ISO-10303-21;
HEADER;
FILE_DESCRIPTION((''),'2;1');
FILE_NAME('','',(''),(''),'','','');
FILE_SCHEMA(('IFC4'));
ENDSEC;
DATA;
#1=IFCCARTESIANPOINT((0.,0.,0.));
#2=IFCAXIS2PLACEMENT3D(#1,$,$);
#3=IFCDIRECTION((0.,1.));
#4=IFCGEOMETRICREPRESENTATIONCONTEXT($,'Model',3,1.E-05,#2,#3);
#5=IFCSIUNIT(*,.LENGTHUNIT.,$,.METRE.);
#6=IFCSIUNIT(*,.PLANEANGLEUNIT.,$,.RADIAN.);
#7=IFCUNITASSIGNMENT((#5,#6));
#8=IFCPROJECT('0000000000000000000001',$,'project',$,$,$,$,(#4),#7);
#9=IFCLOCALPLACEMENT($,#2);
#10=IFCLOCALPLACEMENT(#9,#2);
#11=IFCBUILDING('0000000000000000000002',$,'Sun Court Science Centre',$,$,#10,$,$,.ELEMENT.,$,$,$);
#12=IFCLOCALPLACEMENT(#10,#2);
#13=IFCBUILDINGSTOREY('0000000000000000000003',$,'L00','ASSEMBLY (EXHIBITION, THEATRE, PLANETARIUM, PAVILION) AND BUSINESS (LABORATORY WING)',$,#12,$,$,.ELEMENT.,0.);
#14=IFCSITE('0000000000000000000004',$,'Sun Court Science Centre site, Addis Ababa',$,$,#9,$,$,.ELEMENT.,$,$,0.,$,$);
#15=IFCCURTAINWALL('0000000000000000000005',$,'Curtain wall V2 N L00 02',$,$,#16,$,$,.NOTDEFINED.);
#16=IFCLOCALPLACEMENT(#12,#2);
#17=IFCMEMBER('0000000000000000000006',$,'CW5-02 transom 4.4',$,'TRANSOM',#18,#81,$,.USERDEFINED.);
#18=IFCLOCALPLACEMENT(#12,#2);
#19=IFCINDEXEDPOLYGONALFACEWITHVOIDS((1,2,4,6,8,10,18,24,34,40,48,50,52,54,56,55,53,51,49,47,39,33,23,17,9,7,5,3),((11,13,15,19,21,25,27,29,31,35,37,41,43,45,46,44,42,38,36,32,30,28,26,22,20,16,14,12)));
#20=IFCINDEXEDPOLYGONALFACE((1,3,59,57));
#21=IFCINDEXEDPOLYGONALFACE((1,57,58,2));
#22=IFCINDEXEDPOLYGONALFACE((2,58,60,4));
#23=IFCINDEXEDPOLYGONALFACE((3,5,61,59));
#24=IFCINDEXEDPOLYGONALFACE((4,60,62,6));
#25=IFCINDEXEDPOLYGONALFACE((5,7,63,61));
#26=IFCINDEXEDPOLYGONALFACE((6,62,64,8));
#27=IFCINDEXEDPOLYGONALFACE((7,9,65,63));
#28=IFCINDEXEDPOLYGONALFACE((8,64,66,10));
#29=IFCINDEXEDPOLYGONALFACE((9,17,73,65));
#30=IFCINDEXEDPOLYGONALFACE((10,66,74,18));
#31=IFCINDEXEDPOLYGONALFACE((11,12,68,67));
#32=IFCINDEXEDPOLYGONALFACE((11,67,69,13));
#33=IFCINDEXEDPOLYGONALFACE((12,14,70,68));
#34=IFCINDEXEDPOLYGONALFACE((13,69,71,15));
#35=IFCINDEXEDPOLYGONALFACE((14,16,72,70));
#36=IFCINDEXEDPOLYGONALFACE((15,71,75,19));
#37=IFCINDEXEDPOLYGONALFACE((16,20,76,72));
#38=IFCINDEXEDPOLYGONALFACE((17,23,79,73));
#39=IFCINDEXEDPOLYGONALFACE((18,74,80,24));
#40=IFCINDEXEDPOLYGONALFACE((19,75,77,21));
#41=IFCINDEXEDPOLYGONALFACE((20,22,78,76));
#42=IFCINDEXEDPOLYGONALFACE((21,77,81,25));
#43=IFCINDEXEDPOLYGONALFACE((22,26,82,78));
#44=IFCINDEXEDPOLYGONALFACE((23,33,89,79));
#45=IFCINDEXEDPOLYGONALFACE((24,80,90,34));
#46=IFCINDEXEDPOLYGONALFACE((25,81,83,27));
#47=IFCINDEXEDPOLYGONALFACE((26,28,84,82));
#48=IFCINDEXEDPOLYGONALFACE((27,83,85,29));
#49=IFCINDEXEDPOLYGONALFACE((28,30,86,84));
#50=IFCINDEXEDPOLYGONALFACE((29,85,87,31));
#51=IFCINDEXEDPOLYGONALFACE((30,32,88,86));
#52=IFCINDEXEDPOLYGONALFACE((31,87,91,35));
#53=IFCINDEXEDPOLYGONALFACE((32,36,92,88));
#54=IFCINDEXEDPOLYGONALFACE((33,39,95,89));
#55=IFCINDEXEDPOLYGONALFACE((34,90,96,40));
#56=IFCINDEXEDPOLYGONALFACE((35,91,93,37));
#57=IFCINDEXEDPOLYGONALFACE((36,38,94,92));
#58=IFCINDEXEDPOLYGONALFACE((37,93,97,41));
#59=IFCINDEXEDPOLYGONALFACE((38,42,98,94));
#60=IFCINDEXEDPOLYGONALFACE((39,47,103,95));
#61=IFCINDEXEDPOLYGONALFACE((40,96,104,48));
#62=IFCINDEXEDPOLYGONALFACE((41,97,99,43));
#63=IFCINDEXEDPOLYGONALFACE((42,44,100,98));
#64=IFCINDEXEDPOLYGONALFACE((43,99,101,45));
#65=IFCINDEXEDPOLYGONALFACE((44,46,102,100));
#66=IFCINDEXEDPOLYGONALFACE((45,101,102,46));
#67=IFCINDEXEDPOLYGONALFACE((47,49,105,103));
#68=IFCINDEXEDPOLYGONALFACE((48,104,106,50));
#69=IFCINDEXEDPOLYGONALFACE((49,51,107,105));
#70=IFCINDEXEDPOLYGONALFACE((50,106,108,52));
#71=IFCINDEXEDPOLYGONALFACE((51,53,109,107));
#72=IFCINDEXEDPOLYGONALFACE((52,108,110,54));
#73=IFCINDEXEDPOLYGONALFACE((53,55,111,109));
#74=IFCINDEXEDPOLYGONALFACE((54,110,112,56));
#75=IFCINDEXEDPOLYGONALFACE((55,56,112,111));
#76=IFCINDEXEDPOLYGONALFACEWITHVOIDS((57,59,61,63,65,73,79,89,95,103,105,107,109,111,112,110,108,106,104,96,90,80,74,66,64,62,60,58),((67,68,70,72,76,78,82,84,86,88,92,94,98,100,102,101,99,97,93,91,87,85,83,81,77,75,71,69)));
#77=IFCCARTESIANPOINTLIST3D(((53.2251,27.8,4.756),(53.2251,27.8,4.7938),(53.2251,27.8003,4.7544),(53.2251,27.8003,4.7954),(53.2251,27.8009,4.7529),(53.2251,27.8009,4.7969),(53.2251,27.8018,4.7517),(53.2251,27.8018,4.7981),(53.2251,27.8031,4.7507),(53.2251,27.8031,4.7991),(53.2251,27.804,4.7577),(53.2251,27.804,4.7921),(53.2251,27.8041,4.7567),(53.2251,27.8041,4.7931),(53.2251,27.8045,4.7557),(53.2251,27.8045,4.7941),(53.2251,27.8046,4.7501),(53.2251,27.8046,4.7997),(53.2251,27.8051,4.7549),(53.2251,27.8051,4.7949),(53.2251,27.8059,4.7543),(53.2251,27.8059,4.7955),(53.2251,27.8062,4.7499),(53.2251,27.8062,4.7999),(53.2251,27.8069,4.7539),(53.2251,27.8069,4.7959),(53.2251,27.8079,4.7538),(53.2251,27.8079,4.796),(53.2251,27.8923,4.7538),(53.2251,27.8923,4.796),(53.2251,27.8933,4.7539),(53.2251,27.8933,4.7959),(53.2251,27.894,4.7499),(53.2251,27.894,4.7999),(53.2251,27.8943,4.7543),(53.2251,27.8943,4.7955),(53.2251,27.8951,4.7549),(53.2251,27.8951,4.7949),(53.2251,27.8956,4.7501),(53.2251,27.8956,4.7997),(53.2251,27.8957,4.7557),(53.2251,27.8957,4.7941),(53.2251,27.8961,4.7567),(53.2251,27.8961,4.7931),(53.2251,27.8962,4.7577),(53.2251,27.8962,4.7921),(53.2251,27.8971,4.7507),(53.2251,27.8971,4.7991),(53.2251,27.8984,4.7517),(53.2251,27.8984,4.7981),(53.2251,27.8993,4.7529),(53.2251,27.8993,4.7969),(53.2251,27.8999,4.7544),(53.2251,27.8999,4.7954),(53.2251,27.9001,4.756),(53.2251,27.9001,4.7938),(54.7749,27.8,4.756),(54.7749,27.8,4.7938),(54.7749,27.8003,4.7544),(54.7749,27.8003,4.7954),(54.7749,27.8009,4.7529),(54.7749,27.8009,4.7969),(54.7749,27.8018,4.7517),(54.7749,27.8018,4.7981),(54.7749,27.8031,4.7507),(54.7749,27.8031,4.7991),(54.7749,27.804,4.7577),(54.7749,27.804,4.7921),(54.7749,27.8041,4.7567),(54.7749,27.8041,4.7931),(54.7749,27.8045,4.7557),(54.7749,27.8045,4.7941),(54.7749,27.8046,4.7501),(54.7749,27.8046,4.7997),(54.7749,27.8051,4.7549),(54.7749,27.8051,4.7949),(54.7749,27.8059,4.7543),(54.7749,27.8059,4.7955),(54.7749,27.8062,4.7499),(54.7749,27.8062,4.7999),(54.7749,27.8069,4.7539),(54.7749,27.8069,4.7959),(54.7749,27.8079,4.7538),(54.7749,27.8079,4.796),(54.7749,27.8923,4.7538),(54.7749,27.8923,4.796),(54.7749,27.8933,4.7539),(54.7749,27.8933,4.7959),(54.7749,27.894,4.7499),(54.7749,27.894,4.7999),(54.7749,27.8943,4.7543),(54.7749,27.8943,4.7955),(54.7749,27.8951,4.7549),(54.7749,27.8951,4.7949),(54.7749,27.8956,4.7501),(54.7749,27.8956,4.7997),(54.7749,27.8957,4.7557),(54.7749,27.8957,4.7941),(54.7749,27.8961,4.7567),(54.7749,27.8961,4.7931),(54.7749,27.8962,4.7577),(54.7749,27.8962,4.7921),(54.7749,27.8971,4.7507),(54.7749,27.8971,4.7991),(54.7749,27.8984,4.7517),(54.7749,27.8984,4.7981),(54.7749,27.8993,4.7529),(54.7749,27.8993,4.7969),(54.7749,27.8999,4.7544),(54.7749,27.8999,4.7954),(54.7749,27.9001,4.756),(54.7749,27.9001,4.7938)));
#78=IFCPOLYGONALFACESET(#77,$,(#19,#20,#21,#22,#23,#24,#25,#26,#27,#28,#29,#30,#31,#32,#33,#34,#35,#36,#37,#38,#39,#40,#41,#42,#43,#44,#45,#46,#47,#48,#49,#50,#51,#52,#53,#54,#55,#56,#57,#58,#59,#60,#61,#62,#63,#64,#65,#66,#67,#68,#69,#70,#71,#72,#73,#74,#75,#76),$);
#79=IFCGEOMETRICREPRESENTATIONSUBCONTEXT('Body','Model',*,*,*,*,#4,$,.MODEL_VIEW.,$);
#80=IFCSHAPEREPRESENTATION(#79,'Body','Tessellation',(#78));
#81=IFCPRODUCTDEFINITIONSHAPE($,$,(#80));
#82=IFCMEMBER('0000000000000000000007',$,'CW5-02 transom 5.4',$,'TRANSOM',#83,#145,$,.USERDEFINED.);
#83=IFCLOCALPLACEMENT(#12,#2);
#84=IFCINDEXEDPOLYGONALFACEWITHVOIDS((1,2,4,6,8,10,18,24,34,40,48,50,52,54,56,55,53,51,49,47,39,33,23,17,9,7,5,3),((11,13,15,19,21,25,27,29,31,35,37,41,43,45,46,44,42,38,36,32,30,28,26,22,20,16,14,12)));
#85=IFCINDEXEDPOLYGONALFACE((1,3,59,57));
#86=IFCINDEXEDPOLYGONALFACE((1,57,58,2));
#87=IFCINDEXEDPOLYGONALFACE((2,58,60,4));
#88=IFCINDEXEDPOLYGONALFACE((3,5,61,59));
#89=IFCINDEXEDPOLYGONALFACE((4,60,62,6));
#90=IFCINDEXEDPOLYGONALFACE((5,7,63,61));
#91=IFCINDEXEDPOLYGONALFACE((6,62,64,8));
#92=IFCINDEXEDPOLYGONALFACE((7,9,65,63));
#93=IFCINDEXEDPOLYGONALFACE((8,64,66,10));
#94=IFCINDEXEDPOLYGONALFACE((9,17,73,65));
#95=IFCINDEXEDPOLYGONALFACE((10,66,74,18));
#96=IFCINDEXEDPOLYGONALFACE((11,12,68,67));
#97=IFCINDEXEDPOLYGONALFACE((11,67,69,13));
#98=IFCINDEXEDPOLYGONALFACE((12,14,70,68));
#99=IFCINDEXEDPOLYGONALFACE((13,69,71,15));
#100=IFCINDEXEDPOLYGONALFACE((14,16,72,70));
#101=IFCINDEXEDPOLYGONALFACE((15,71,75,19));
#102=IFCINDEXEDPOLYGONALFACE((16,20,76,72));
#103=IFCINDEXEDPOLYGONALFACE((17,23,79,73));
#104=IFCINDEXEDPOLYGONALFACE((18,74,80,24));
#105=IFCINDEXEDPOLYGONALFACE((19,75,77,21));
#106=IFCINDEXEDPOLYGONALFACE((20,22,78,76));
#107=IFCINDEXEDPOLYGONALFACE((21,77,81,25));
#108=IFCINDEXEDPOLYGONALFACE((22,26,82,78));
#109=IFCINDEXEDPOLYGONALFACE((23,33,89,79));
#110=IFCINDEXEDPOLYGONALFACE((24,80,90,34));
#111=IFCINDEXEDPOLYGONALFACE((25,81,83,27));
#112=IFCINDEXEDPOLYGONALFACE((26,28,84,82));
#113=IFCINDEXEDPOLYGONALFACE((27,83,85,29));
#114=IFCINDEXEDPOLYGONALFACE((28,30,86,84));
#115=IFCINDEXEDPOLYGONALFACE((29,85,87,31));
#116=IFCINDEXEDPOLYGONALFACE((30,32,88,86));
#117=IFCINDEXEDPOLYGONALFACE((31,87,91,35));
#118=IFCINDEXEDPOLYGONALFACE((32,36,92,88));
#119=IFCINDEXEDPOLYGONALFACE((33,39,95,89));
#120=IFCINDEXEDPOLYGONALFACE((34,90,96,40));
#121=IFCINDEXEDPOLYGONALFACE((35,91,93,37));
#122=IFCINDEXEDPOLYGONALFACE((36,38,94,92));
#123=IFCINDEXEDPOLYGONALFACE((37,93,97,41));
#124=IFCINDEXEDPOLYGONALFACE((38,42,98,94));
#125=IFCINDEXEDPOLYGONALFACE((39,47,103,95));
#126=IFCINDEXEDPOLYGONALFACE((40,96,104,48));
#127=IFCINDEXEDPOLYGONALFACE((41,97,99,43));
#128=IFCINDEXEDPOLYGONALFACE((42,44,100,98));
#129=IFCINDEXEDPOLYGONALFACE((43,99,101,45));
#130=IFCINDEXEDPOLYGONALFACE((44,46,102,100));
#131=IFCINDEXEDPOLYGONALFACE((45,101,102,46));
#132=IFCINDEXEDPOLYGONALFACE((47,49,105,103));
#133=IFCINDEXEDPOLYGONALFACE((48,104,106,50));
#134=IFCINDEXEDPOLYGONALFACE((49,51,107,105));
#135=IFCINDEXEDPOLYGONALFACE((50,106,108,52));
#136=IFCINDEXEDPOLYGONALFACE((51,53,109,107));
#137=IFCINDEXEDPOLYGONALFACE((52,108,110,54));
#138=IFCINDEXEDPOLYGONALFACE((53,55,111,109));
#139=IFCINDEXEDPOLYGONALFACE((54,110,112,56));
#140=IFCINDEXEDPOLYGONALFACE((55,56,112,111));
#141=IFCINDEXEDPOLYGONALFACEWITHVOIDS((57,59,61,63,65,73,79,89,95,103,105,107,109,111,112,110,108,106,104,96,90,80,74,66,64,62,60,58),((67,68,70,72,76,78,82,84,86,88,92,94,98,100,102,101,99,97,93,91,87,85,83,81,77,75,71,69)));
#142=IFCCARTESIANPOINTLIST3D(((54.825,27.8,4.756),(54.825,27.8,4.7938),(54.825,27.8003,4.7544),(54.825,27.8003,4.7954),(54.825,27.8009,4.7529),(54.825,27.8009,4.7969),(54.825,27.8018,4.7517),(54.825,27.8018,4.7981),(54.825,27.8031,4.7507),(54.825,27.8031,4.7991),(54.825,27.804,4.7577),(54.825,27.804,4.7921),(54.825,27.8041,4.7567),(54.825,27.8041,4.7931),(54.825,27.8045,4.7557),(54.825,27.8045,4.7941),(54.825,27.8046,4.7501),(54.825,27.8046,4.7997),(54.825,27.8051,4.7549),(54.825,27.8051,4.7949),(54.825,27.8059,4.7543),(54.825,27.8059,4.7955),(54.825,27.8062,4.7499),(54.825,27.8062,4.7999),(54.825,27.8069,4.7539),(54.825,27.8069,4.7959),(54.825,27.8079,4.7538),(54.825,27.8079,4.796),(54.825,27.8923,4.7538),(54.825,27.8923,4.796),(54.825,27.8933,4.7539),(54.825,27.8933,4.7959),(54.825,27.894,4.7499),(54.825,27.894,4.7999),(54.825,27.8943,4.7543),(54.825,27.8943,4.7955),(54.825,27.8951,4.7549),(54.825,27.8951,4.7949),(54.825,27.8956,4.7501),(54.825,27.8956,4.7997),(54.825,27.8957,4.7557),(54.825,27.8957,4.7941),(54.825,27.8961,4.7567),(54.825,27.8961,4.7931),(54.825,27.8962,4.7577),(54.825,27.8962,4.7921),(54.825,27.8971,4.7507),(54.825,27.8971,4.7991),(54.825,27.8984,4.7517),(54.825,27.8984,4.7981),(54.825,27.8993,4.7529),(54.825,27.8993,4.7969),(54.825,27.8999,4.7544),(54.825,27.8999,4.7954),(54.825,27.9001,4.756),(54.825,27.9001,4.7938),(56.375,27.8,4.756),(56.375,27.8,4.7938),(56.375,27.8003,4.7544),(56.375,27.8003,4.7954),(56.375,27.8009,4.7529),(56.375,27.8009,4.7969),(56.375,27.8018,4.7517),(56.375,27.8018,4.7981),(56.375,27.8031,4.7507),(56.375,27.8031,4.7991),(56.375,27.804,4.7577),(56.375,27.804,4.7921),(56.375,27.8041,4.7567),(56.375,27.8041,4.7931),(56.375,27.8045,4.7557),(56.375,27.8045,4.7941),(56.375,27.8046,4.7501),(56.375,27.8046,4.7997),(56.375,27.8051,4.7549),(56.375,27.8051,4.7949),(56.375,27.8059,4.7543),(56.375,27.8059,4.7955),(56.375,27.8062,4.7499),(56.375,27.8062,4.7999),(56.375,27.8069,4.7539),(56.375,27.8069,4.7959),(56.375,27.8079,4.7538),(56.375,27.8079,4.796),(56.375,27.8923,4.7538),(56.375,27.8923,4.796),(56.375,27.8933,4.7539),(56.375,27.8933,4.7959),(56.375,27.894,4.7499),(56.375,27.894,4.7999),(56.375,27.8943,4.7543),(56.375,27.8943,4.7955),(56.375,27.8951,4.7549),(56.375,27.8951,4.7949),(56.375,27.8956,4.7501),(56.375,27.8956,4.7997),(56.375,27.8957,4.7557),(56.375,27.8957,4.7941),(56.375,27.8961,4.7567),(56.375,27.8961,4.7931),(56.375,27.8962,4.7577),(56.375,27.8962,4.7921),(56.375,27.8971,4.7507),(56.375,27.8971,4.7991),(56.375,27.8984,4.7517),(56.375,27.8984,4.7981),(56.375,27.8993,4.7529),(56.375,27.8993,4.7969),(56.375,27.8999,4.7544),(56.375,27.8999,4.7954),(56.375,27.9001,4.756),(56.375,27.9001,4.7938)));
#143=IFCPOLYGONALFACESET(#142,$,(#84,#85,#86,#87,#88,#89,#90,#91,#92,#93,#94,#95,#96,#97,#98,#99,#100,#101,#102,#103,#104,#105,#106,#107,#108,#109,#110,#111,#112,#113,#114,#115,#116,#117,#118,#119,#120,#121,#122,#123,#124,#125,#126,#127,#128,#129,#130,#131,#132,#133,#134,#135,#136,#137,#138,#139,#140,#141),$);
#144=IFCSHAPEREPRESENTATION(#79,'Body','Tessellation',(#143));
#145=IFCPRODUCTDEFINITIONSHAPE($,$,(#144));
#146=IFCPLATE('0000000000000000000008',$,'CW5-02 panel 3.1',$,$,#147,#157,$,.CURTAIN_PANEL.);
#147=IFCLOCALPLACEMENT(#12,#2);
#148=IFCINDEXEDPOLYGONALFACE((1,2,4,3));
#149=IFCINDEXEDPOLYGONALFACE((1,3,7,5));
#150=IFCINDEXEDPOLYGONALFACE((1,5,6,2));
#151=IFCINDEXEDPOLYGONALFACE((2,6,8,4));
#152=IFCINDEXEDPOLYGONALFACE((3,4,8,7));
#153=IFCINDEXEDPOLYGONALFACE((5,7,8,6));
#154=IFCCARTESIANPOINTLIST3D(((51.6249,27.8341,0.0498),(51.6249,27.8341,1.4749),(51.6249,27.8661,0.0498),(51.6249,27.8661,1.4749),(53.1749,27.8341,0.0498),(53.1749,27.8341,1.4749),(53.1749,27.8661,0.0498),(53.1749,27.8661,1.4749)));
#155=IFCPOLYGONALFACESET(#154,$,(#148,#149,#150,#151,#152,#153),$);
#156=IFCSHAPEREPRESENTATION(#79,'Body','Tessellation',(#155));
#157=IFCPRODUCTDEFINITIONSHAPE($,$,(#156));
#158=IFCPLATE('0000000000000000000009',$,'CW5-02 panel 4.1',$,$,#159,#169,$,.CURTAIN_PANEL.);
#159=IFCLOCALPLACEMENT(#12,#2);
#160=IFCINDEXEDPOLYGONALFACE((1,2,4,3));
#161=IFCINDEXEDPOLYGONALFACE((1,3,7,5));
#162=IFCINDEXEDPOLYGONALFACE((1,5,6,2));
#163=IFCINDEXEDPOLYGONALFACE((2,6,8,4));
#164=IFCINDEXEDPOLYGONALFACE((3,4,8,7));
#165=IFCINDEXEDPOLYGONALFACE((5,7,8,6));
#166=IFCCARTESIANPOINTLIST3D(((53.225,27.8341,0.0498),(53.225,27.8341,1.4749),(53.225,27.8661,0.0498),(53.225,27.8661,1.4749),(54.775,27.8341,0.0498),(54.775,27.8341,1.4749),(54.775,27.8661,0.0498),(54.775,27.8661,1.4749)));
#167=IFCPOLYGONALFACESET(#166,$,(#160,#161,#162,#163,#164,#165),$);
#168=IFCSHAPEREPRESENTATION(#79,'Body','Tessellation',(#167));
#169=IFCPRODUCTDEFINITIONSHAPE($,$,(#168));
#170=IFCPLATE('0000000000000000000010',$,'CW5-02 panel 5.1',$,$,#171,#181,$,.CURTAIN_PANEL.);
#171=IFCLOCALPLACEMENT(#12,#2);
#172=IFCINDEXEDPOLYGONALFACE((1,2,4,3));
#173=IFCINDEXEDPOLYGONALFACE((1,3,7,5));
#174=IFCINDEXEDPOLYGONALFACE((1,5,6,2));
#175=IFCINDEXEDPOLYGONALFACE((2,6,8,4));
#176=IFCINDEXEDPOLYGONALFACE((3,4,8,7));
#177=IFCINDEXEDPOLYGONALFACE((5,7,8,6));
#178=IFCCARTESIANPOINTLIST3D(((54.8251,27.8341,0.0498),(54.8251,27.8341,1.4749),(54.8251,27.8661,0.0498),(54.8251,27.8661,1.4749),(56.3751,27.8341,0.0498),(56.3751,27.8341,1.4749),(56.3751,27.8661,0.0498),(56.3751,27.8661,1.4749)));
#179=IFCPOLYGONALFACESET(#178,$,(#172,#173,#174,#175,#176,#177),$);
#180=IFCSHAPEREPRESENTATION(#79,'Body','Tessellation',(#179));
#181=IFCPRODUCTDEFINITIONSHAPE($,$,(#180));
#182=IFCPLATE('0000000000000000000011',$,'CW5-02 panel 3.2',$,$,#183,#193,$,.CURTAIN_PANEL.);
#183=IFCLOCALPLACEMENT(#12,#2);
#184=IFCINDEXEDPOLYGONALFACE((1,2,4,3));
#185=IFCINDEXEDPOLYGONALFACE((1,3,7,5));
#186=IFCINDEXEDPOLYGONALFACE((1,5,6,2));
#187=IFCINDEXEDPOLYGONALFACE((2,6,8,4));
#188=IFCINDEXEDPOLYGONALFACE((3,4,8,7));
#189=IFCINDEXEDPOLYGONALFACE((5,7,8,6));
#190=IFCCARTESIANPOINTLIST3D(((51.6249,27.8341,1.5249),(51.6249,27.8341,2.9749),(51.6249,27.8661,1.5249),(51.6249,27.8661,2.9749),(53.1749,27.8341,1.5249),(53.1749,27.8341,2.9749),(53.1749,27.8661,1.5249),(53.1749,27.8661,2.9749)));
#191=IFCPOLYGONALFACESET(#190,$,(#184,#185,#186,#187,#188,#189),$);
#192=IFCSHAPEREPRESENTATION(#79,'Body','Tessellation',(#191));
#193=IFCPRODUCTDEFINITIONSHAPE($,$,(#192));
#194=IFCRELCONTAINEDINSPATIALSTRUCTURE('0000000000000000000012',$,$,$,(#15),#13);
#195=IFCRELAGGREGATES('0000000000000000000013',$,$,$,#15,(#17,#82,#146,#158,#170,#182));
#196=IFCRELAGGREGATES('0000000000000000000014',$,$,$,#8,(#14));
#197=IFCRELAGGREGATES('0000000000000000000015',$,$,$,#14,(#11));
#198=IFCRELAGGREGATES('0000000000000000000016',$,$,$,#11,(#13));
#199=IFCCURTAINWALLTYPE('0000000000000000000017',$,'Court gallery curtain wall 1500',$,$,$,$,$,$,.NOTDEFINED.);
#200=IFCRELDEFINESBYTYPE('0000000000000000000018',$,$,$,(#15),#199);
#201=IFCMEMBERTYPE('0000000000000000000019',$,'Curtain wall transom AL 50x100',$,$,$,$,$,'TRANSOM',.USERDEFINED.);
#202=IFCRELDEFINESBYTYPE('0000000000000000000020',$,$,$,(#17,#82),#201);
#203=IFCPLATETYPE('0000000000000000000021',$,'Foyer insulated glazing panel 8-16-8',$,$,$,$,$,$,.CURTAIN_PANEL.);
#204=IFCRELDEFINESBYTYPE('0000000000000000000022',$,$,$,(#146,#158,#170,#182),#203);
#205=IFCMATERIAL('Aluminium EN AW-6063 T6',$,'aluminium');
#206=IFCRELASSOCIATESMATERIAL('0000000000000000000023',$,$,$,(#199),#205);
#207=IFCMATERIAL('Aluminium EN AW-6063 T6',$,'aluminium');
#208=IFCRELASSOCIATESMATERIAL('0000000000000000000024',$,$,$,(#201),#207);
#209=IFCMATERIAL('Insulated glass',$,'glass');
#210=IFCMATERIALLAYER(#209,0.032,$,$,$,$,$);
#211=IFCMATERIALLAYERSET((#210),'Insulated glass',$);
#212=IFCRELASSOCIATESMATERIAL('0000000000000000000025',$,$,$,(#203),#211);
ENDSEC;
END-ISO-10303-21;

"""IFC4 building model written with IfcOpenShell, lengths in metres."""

from ifc_helpers import new_model, si_unit, direction, frame, origin, origin_2d, place, context, subcontext, project, spatial, rectangle, hollow_rectangle, extrude, material, layer, layer_set, material_profile, profile_set, type_object, element, aggregate, save


model = new_model("IFC4")

# Units and contexts
model_context = context("Model", 3, precision=1e-05, world=origin(), true_north=direction((0.0, 1.0)))
body_context = subcontext(model_context, "Body", "Model", "MODEL_VIEW")
ifc_project = project(units=[si_unit("LENGTHUNIT", "METRE"), si_unit("PLANEANGLEUNIT", "RADIAN")], contexts=[model_context])

# Site, building, storey
site_placement = place(None, origin())
site = spatial("IfcSite", under=ifc_project, at=site_placement, Name="Sun Court Science Centre site, Addis Ababa", CompositionType="ELEMENT", RefElevation=0.0)
building_placement = place(site_placement, origin())
building = spatial("IfcBuilding", under=site, at=building_placement, Name="Sun Court Science Centre", CompositionType="ELEMENT")
storey_placement = place(building_placement, origin())
storey = spatial("IfcBuildingStorey", under=building, at=storey_placement, Name="L00", Description="ASSEMBLY (EXHIBITION, THEATRE, PLANETARIUM, PAVILION) AND BUSINESS (LABORATORY WING)", CompositionType="ELEMENT", Elevation=0.0)

# Curtain wall, members, plates
ifc_material_1 = material(Name="Aluminium EN AW-6063 T6", Category="aluminium")
curtain_wall_type = type_object("IfcCurtainWallType", Name="Court gallery curtain wall 1500", PredefinedType="NOTDEFINED", material=ifc_material_1)
curtain_wall_placement = place(storey_placement, origin())
curtain_wall = element("IfcCurtainWall", 1, at=curtain_wall_placement, inside=storey, type_object=curtain_wall_type, Name="Curtain wall V2 N L00 02", PredefinedType="NOTDEFINED")
ifc_material_2 = material(Name="Aluminium EN AW-6063 T6", Category="aluminium")
ifc_material_profile_1 = material_profile(ifc_material_2, hollow_rectangle(XDim=0.05, YDim=0.1001, WallThickness=0.0039, InnerFilletRadius=0.0039, OuterFilletRadius=0.0061, at=origin_2d()), Name="AL 50x100x4")
ifc_profile_set_1 = profile_set([ifc_material_profile_1], Name="Aluminium EN AW-6063 T6")
member_type_1 = type_object("IfcMemberType", Name="Curtain wall transom AL 50x100", ElementType="TRANSOM", PredefinedType="USERDEFINED", material=ifc_profile_set_1)
member_1_placement = place(storey_placement, frame((53.2251, 27.8501, 4.7749), z_axis=(1.0, 0.0, 0.0), x_axis=(0.0, 0.0, 1.0)))
member_1 = element("IfcMember", 2, at=member_1_placement, type_object=member_type_1, Name="CW5-02 transom 4.4", ObjectType="TRANSOM", PredefinedType="USERDEFINED", context=body_context, shape_type="SweptSolid", body=[
    extrude(hollow_rectangle(XDim=0.05, YDim=0.1001, WallThickness=0.0039, InnerFilletRadius=0.0039, OuterFilletRadius=0.0061, at=origin_2d()), origin(), (0.0, 0.0, 1.0), 1.5498),
])
member_2_placement = place(storey_placement, frame((54.825, 27.8501, 4.7749), z_axis=(1.0, 0.0, 0.0), x_axis=(0.0, 0.0, 1.0)))
member_2 = element("IfcMember", 3, at=member_2_placement, type_object=member_type_1, Name="CW5-02 transom 5.4", ObjectType="TRANSOM", PredefinedType="USERDEFINED", context=body_context, shape_type="SweptSolid", body=[
    extrude(hollow_rectangle(XDim=0.05, YDim=0.1001, WallThickness=0.0039, InnerFilletRadius=0.0039, OuterFilletRadius=0.0061, at=origin_2d()), origin(), (0.0, 0.0, 1.0), 1.55),
])
ifc_material_3 = material(Name="Insulated glass", Category="glass")
ifc_layer = layer(ifc_material_3, 0.032)
ifc_layer_set = layer_set([ifc_layer], Name="Insulated glass")
plate_type = type_object("IfcPlateType", Name="Foyer insulated glazing panel 8-16-8", PredefinedType="CURTAIN_PANEL", material=ifc_layer_set)
plate_1_placement = place(storey_placement, frame((52.3999, 27.8501, 0.0498), z_axis=(0.0, 0.0, 1.0), x_axis=(1.0, 0.0, 0.0)))
plate_1 = element("IfcPlate", 4, at=plate_1_placement, type_object=plate_type, Name="CW5-02 panel 3.1", PredefinedType="CURTAIN_PANEL", context=body_context, shape_type="SweptSolid", body=[
    extrude(rectangle(XDim=1.55, YDim=0.032, at=origin_2d()), origin(), (0.0, 0.0, 1.0), 1.425),
])
plate_2_placement = place(storey_placement, frame((54.0, 27.8501, 0.0498), z_axis=(0.0, 0.0, 1.0), x_axis=(1.0, 0.0, 0.0)))
plate_2 = element("IfcPlate", 5, at=plate_2_placement, type_object=plate_type, Name="CW5-02 panel 4.1", PredefinedType="CURTAIN_PANEL", context=body_context, shape_type="SweptSolid", body=[
    extrude(rectangle(XDim=1.55, YDim=0.032, at=origin_2d()), origin(), (0.0, 0.0, 1.0), 1.425),
])
plate_3_placement = place(storey_placement, frame((55.6001, 27.8501, 0.0498), z_axis=(0.0, 0.0, 1.0), x_axis=(1.0, 0.0, 0.0)))
plate_3 = element("IfcPlate", 6, at=plate_3_placement, type_object=plate_type, Name="CW5-02 panel 5.1", PredefinedType="CURTAIN_PANEL", context=body_context, shape_type="SweptSolid", body=[
    extrude(rectangle(XDim=1.55, YDim=0.032, at=origin_2d()), origin(), (0.0, 0.0, 1.0), 1.425),
])
plate_4_placement = place(storey_placement, frame((52.3999, 27.8501, 1.5249), z_axis=(0.0, 0.0, 1.0), x_axis=(1.0, 0.0, 0.0)))
plate_4 = element("IfcPlate", 7, at=plate_4_placement, type_object=plate_type, Name="CW5-02 panel 3.2", PredefinedType="CURTAIN_PANEL", context=body_context, shape_type="SweptSolid", body=[
    extrude(rectangle(XDim=1.55, YDim=0.032, at=origin_2d()), origin(), (0.0, 0.0, 1.0), 1.45),
])
aggregate(curtain_wall, [member_1, member_2, plate_1, plate_2, plate_3, plate_4])

save(model, "model.ifc")
